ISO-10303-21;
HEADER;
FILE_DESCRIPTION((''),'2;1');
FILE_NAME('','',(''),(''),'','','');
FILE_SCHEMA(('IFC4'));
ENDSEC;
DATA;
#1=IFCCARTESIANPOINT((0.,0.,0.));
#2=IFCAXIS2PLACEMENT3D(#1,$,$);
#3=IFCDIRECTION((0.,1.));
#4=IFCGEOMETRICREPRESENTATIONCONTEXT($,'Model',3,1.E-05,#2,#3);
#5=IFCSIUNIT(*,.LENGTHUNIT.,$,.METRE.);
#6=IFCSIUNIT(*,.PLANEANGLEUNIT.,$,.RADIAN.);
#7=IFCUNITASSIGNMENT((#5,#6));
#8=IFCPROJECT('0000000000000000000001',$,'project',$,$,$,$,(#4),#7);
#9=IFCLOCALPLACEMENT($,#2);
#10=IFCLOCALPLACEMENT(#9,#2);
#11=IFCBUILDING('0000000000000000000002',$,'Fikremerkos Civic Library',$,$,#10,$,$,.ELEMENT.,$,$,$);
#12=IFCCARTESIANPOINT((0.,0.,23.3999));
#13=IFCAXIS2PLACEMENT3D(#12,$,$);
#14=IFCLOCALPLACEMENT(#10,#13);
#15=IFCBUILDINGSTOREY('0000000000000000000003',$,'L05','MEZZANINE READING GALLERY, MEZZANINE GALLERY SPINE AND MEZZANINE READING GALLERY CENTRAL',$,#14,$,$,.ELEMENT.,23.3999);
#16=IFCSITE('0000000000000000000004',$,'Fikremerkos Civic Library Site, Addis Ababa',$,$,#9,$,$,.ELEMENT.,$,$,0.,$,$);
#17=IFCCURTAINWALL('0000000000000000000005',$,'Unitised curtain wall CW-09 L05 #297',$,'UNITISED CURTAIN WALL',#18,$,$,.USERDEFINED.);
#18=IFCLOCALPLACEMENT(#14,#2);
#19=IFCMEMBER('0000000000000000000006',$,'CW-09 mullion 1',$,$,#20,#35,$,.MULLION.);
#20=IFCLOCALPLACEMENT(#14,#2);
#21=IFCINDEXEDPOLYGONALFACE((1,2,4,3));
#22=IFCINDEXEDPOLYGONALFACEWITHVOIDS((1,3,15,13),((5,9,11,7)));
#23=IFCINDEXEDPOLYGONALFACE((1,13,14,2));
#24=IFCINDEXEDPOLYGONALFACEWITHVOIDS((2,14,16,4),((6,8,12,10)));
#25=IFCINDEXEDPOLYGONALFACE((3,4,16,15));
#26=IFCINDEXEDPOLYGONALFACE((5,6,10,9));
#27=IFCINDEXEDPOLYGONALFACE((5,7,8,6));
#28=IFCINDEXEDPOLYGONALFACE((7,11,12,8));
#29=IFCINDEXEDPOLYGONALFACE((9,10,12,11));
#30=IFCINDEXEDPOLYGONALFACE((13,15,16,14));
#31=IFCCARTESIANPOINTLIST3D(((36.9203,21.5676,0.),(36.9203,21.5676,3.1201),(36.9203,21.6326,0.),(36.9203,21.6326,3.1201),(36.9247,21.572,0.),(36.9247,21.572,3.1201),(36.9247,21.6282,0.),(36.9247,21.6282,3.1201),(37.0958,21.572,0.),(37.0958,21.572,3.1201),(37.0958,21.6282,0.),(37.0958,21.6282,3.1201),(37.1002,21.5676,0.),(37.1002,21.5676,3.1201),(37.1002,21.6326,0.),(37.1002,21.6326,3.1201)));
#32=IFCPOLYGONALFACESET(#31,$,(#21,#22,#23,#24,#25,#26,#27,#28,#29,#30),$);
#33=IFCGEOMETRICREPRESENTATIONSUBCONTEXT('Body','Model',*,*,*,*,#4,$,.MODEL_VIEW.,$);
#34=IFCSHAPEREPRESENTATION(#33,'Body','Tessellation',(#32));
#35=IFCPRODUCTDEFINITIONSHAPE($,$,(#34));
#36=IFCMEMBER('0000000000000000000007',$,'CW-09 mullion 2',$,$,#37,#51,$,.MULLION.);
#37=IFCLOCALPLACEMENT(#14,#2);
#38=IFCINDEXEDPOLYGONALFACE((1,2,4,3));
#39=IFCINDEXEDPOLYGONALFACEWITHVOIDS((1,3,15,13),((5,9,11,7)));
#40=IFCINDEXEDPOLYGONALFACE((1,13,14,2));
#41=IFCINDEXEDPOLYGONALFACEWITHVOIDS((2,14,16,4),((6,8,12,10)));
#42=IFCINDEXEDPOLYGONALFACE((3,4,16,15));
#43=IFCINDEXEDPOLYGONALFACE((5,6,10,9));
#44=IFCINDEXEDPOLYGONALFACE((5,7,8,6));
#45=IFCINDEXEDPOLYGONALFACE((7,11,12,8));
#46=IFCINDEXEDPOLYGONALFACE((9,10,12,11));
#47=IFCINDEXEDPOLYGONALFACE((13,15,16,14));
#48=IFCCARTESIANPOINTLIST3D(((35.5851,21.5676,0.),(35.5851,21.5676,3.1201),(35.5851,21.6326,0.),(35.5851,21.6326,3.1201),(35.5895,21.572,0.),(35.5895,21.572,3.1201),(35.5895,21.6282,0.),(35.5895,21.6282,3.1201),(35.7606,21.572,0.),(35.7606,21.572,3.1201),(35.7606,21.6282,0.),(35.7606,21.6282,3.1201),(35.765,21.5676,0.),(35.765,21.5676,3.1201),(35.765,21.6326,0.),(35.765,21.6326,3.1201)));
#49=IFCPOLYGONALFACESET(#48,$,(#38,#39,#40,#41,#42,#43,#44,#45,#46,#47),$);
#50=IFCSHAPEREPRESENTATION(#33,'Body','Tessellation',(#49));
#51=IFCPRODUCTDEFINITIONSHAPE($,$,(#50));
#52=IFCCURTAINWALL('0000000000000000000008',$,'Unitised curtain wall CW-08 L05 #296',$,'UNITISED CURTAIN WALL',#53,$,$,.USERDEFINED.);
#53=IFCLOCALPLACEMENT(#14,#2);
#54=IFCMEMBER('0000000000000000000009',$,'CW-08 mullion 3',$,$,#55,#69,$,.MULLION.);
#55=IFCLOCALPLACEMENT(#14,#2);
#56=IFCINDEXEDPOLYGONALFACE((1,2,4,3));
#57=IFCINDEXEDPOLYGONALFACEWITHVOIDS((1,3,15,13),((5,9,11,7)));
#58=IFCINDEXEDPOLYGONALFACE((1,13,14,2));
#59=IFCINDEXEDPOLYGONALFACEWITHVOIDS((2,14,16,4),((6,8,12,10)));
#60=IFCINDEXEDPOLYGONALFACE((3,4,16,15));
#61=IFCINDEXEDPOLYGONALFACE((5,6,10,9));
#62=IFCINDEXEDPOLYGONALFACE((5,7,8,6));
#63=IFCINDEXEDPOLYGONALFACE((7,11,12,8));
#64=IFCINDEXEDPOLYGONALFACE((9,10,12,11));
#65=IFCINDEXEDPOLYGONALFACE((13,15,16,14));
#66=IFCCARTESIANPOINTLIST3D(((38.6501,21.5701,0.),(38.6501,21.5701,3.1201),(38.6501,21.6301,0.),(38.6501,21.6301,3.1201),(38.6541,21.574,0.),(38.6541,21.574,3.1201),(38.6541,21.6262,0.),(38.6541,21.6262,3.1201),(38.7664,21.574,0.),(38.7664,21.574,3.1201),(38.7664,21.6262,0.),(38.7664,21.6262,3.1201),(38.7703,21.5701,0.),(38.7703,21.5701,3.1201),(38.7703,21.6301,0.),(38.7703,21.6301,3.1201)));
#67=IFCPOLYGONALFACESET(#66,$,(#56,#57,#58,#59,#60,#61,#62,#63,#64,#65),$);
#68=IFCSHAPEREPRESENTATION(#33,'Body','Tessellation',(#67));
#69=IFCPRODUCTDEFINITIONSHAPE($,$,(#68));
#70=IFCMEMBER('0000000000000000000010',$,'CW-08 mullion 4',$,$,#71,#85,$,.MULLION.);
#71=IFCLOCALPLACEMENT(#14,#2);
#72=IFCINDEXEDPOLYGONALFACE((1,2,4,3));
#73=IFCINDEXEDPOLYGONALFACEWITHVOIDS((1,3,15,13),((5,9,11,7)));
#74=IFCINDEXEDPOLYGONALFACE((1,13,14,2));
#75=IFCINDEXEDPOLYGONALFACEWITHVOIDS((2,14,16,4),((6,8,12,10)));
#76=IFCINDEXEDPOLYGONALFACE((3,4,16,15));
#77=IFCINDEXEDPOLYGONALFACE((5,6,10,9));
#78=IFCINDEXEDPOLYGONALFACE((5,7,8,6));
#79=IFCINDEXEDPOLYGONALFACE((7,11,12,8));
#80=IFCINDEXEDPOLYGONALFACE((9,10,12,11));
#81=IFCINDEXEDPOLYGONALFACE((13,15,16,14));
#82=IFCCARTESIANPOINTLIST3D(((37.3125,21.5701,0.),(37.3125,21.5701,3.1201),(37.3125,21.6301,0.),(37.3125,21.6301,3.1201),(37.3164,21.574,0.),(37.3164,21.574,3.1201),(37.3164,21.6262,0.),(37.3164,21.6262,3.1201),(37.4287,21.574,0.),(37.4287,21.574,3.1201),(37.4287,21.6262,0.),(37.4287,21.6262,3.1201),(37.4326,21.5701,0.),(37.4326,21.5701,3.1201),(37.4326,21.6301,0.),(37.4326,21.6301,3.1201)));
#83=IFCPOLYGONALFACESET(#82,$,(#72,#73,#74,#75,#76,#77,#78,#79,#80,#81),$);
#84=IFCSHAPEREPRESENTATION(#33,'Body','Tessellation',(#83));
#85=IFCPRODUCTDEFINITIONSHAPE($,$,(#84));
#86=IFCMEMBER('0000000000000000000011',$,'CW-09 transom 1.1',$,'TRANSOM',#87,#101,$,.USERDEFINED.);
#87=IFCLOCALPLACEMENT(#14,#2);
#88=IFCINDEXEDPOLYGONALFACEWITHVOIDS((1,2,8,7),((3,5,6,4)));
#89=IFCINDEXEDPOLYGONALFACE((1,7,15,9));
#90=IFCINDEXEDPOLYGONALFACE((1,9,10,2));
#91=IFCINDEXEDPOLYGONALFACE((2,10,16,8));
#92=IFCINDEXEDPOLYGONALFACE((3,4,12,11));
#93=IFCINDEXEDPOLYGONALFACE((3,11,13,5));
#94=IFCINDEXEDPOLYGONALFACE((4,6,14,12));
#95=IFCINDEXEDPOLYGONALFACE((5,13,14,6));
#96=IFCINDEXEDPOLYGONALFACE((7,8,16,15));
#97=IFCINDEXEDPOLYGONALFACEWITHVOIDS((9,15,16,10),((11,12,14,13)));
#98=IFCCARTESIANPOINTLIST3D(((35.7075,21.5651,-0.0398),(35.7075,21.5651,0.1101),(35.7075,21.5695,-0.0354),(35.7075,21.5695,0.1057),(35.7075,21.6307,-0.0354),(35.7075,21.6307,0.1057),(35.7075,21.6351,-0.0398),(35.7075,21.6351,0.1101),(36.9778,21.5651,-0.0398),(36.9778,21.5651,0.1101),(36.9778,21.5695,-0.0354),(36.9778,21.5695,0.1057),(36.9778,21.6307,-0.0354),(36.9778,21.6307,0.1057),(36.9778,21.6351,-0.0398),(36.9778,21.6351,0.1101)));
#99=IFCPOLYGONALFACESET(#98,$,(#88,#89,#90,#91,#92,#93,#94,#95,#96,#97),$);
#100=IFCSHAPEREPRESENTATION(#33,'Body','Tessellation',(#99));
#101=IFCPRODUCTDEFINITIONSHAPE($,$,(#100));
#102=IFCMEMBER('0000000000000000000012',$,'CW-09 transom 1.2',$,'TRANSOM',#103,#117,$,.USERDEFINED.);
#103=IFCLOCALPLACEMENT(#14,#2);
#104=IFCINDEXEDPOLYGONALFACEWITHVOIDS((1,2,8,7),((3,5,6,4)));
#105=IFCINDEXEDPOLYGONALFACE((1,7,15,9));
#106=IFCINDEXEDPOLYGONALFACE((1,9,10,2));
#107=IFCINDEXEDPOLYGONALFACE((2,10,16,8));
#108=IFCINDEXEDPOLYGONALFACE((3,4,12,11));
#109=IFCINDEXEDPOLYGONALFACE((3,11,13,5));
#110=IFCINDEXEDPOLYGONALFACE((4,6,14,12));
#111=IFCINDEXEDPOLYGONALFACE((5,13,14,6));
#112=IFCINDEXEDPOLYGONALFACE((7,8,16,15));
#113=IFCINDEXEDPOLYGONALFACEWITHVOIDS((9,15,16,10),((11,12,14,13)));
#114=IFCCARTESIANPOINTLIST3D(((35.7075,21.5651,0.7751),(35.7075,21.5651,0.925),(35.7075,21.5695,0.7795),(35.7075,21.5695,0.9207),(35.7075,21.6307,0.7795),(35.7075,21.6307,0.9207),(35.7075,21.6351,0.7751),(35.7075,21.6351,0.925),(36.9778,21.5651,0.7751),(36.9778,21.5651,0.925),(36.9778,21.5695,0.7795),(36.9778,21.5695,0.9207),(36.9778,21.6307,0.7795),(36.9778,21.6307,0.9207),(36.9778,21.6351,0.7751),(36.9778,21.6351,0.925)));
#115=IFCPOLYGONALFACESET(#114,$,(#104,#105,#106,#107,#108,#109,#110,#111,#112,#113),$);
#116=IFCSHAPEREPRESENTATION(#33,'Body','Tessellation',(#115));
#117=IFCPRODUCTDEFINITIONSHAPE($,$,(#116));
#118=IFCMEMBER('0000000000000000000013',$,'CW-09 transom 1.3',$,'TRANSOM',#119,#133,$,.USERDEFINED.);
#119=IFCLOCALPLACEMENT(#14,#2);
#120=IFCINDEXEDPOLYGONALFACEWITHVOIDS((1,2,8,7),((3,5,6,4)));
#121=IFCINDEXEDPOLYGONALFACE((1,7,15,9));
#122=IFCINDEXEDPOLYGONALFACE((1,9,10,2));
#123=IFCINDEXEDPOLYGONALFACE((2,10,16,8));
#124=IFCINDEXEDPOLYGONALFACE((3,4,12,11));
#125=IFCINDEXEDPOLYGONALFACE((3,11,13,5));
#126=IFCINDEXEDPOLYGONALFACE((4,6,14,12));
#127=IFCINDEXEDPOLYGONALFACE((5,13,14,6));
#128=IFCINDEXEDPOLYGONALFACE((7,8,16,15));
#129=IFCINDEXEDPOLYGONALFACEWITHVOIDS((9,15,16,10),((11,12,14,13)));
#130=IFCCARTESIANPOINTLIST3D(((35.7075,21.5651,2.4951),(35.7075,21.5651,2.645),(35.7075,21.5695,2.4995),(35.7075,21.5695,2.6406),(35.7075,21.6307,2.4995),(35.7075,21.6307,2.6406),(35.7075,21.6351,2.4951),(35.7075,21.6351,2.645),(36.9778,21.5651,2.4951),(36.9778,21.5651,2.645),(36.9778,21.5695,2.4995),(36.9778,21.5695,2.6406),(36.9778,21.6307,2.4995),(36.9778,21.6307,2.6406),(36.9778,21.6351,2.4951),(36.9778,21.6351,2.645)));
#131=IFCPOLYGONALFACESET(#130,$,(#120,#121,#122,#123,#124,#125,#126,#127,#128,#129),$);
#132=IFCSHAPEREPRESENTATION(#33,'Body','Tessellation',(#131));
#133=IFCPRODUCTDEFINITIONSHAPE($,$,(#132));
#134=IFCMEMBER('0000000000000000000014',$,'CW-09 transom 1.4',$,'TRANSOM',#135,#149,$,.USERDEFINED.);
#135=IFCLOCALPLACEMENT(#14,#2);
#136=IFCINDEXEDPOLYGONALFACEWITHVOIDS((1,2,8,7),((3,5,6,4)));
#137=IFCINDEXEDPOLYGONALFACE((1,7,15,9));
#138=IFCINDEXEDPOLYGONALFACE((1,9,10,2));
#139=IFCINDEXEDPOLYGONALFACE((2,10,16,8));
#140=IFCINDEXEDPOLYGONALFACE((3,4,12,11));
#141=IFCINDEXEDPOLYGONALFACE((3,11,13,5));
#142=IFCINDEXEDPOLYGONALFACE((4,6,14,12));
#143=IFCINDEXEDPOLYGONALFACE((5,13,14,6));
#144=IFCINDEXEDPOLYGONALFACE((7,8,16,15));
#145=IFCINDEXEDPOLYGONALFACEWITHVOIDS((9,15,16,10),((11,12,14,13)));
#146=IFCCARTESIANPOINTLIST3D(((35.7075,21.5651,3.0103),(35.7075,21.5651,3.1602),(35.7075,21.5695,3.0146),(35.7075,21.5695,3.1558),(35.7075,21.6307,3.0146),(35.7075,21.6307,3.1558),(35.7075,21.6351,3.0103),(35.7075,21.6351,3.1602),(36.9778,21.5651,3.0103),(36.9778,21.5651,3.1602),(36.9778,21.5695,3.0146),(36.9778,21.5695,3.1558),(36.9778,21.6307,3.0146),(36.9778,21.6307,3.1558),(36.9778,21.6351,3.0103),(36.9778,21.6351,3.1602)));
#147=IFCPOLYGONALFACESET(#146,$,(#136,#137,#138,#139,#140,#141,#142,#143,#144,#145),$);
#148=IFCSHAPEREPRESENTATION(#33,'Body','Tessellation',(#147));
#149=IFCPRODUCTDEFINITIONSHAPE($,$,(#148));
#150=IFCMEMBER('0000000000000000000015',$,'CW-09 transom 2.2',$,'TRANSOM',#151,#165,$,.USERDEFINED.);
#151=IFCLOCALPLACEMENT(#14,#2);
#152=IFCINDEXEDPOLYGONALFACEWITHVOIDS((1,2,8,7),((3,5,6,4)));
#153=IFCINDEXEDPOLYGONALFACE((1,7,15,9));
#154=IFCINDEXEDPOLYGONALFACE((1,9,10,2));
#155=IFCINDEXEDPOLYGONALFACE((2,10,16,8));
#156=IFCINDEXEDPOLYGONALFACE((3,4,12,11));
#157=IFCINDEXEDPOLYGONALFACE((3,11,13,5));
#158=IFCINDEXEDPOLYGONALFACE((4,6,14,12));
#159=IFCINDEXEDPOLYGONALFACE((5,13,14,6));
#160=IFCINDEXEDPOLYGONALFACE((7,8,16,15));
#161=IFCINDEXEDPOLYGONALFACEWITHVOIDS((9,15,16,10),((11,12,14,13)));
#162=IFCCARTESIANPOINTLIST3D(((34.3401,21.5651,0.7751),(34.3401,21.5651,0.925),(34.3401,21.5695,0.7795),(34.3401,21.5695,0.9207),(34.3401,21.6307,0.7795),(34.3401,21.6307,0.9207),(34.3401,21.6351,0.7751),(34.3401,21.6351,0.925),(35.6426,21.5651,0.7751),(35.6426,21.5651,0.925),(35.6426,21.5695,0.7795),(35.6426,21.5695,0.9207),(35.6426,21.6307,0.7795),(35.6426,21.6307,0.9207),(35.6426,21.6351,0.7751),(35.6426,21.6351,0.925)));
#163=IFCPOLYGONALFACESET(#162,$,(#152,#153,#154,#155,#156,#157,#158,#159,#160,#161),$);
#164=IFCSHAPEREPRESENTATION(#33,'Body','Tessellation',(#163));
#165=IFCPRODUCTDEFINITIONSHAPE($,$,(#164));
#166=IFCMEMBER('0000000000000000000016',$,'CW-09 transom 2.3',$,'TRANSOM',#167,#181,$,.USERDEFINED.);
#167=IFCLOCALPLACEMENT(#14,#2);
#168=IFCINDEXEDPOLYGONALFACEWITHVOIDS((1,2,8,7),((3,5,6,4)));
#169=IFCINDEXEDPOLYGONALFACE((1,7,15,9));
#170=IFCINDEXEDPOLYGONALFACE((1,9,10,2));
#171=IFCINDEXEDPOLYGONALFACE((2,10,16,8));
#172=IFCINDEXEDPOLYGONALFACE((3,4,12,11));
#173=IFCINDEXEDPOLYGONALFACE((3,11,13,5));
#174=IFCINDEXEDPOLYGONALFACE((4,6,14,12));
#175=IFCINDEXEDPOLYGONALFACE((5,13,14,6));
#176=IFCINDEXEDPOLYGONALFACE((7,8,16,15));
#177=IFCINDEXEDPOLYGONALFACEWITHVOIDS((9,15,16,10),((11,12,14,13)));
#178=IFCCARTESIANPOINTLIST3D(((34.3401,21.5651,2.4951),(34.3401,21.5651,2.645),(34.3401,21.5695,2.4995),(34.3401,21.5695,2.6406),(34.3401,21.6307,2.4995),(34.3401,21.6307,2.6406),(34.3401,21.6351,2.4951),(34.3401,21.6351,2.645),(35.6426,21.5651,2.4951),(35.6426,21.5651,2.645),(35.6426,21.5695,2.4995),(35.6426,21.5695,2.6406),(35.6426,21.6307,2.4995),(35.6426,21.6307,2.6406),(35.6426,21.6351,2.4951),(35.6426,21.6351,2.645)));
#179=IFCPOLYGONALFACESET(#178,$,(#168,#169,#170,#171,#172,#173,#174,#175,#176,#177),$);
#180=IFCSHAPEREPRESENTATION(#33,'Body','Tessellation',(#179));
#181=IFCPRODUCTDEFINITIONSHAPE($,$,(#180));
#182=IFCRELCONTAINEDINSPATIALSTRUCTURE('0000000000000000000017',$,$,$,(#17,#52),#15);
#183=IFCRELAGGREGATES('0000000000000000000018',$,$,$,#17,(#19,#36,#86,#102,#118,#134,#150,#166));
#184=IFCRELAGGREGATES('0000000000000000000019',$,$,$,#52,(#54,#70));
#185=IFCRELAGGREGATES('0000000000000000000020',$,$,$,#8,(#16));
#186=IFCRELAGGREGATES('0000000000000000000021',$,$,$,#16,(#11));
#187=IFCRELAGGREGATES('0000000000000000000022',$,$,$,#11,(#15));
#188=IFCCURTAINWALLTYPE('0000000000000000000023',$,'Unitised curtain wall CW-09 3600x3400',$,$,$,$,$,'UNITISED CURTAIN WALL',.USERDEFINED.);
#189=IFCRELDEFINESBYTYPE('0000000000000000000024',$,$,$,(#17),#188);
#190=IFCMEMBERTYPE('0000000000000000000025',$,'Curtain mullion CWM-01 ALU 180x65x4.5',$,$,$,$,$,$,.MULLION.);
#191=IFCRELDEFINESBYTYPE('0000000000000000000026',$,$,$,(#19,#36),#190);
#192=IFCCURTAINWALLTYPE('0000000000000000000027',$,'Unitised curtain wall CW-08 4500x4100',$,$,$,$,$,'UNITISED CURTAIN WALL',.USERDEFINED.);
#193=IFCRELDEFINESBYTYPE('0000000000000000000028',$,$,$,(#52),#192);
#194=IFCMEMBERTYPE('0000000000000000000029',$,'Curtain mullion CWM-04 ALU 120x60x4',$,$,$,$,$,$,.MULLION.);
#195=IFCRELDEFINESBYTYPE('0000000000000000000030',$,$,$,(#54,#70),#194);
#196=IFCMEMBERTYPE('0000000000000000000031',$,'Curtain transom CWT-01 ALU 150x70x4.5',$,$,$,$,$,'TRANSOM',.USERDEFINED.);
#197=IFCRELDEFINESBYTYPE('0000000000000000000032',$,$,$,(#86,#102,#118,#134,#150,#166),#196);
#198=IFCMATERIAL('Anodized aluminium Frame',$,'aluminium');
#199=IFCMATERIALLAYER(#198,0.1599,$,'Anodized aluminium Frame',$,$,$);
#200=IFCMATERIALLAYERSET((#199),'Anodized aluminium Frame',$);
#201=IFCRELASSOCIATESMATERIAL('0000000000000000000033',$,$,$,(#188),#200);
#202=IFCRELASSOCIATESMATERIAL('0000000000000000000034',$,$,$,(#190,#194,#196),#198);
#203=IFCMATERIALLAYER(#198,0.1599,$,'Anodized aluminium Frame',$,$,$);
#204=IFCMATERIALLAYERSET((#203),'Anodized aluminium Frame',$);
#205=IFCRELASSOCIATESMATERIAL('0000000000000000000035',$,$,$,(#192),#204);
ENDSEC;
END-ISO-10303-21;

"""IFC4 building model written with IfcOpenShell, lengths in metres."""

from ifc_helpers import new_model, si_unit, direction, frame, origin, origin_2d, place, context, subcontext, project, spatial, hollow_rectangle, extrude, material, layer, layer_set, material_profile, profile_set, type_object, element, aggregate, save


model = new_model("IFC4")

# Units and contexts
model_context = context("Model", 3, precision=1e-05, world=origin(), true_north=direction((0.0, 1.0)))
body_context = subcontext(model_context, "Body", "Model", "MODEL_VIEW")
ifc_project = project(units=[si_unit("LENGTHUNIT", "METRE"), si_unit("PLANEANGLEUNIT", "RADIAN")], contexts=[model_context])

# Site, building, storey
site_placement = place(None, origin())
site = spatial("IfcSite", under=ifc_project, at=site_placement, Name="Fikremerkos Civic Library Site, Addis Ababa", CompositionType="ELEMENT", RefElevation=0.0)
building_placement = place(site_placement, origin())
building = spatial("IfcBuilding", under=site, at=building_placement, Name="Fikremerkos Civic Library", CompositionType="ELEMENT")
storey_placement = place(building_placement, frame((0.0, 0.0, 23.3999)))
storey = spatial("IfcBuildingStorey", under=building, at=storey_placement, Name="L05", Description="MEZZANINE READING GALLERY, MEZZANINE GALLERY SPINE AND MEZZANINE READING GALLERY CENTRAL", CompositionType="ELEMENT", Elevation=23.3999)

# Curtain walls, members
ifc_material_1 = material(Name="Anodized aluminium Frame", Category="aluminium")
ifc_layer_1 = layer(ifc_material_1, 0.1599, Name="Anodized aluminium Frame")
ifc_layer_set_1 = layer_set([ifc_layer_1], Name="Anodized aluminium Frame")
curtain_wall_type_1 = type_object("IfcCurtainWallType", Name="Unitised curtain wall CW-09 3600x3400", ElementType="UNITISED CURTAIN WALL", PredefinedType="USERDEFINED", material=ifc_layer_set_1)
curtain_wall_1_placement = place(storey_placement, origin())
curtain_wall_1 = element("IfcCurtainWall", 1, at=curtain_wall_1_placement, inside=storey, type_object=curtain_wall_type_1, Name="Unitised curtain wall CW-09 L05 #297", ObjectType="UNITISED CURTAIN WALL", PredefinedType="USERDEFINED")
ifc_material_profile_1 = material_profile(ifc_material_1, hollow_rectangle(XDim=0.0649, YDim=0.1799, WallThickness=0.0044, at=origin_2d()), Name="ALU 180x65x4.5")
ifc_profile_set_1 = profile_set([ifc_material_profile_1], Name="Anodized aluminium Frame")
member_type_1 = type_object("IfcMemberType", Name="Curtain mullion CWM-01 ALU 180x65x4.5", PredefinedType="MULLION", material=ifc_profile_set_1)
member_1_placement = place(storey_placement, frame((37.0103, 21.6001, 0.0), z_axis=(0.0, 0.0, 1.0), x_axis=(0.0, -1.0, 0.0)))
member_1 = element("IfcMember", 2, at=member_1_placement, type_object=member_type_1, Name="CW-09 mullion 1", PredefinedType="MULLION", context=body_context, shape_type="SweptSolid", body=[
    extrude(hollow_rectangle(XDim=0.0649, YDim=0.1799, WallThickness=0.0044, at=origin_2d()), origin(), (0.0, 0.0, 1.0), 3.1201),
])
member_2_placement = place(storey_placement, frame((35.675, 21.6001, 0.0), z_axis=(0.0, 0.0, 1.0), x_axis=(0.0, -1.0, 0.0)))
member_2 = element("IfcMember", 3, at=member_2_placement, type_object=member_type_1, Name="CW-09 mullion 2", PredefinedType="MULLION", context=body_context, shape_type="SweptSolid", body=[
    extrude(hollow_rectangle(XDim=0.0649, YDim=0.1799, WallThickness=0.0044, at=origin_2d()), origin(), (0.0, 0.0, 1.0), 3.1201),
])
ifc_layer_2 = layer(ifc_material_1, 0.1599, Name="Anodized aluminium Frame")
ifc_layer_set_2 = layer_set([ifc_layer_2], Name="Anodized aluminium Frame")
curtain_wall_type_2 = type_object("IfcCurtainWallType", Name="Unitised curtain wall CW-08 4500x4100", ElementType="UNITISED CURTAIN WALL", PredefinedType="USERDEFINED", material=ifc_layer_set_2)
curtain_wall_2_placement = place(storey_placement, origin())
curtain_wall_2 = element("IfcCurtainWall", 4, at=curtain_wall_2_placement, inside=storey, type_object=curtain_wall_type_2, Name="Unitised curtain wall CW-08 L05 #296", ObjectType="UNITISED CURTAIN WALL", PredefinedType="USERDEFINED")
ifc_material_profile_2 = material_profile(ifc_material_1, hollow_rectangle(XDim=0.0601, YDim=0.1201, WallThickness=0.0039, at=origin_2d()), Name="ALU 120x60x4")
ifc_profile_set_2 = profile_set([ifc_material_profile_2], Name="Anodized aluminium Frame")
member_type_2 = type_object("IfcMemberType", Name="Curtain mullion CWM-04 ALU 120x60x4", PredefinedType="MULLION", material=ifc_profile_set_2)
member_3_placement = place(storey_placement, frame((38.7102, 21.6001, 0.0), z_axis=(0.0, 0.0, 1.0), x_axis=(0.0, -1.0, 0.0)))
member_3 = element("IfcMember", 5, at=member_3_placement, type_object=member_type_2, Name="CW-08 mullion 3", PredefinedType="MULLION", context=body_context, shape_type="SweptSolid", body=[
    extrude(hollow_rectangle(XDim=0.0601, YDim=0.1201, WallThickness=0.0039, at=origin_2d()), origin(), (0.0, 0.0, 1.0), 3.1201),
])
member_4_placement = place(storey_placement, frame((37.3726, 21.6001, 0.0), z_axis=(0.0, 0.0, 1.0), x_axis=(0.0, -1.0, 0.0)))
member_4 = element("IfcMember", 6, at=member_4_placement, type_object=member_type_2, Name="CW-08 mullion 4", PredefinedType="MULLION", context=body_context, shape_type="SweptSolid", body=[
    extrude(hollow_rectangle(XDim=0.0601, YDim=0.1201, WallThickness=0.0039, at=origin_2d()), origin(), (0.0, 0.0, 1.0), 3.1201),
])

# Members
ifc_material_profile_3 = material_profile(ifc_material_1, hollow_rectangle(XDim=0.0701, YDim=0.1499, WallThickness=0.0044, at=origin_2d()), Name="ALU 150x70x4.5")
ifc_profile_set_3 = profile_set([ifc_material_profile_3], Name="Anodized aluminium Frame")
member_type_3 = type_object("IfcMemberType", Name="Curtain transom CWT-01 ALU 150x70x4.5", ElementType="TRANSOM", PredefinedType="USERDEFINED", material=ifc_profile_set_3)
member_5_placement = place(storey_placement, frame((36.9778, 21.6001, 0.0352), z_axis=(-1.0, 0.0, 0.0), x_axis=(0.0, -1.0, 0.0)))
member_5 = element("IfcMember", 7, at=member_5_placement, type_object=member_type_3, Name="CW-09 transom 1.1", ObjectType="TRANSOM", PredefinedType="USERDEFINED", context=body_context, shape_type="SweptSolid", body=[
    extrude(hollow_rectangle(XDim=0.0701, YDim=0.1499, WallThickness=0.0044, at=origin_2d()), origin(), (0.0, 0.0, 1.0), 1.2703),
])
member_6_placement = place(storey_placement, frame((36.9778, 21.6001, 0.8501), z_axis=(-1.0, 0.0, 0.0), x_axis=(0.0, -1.0, 0.0)))
member_6 = element("IfcMember", 8, at=member_6_placement, type_object=member_type_3, Name="CW-09 transom 1.2", ObjectType="TRANSOM", PredefinedType="USERDEFINED", context=body_context, shape_type="SweptSolid", body=[
    extrude(hollow_rectangle(XDim=0.0701, YDim=0.1499, WallThickness=0.0044, at=origin_2d()), origin(), (0.0, 0.0, 1.0), 1.2703),
])
member_7_placement = place(storey_placement, frame((36.9778, 21.6001, 2.5701), z_axis=(-1.0, 0.0, 0.0), x_axis=(0.0, -1.0, 0.0)))
member_7 = element("IfcMember", 9, at=member_7_placement, type_object=member_type_3, Name="CW-09 transom 1.3", ObjectType="TRANSOM", PredefinedType="USERDEFINED", context=body_context, shape_type="SweptSolid", body=[
    extrude(hollow_rectangle(XDim=0.0701, YDim=0.1499, WallThickness=0.0044, at=origin_2d()), origin(), (0.0, 0.0, 1.0), 1.2703),
])
member_8_placement = place(storey_placement, frame((36.9778, 21.6001, 3.0852), z_axis=(-1.0, 0.0, 0.0), x_axis=(0.0, -1.0, 0.0)))
member_8 = element("IfcMember", 10, at=member_8_placement, type_object=member_type_3, Name="CW-09 transom 1.4", ObjectType="TRANSOM", PredefinedType="USERDEFINED", context=body_context, shape_type="SweptSolid", body=[
    extrude(hollow_rectangle(XDim=0.0701, YDim=0.1499, WallThickness=0.0044, at=origin_2d()), origin(), (0.0, 0.0, 1.0), 1.2703),
])
member_9_placement = place(storey_placement, frame((35.6426, 21.6001, 0.8501), z_axis=(-1.0, 0.0, 0.0), x_axis=(0.0, -1.0, 0.0)))
member_9 = element("IfcMember", 11, at=member_9_placement, type_object=member_type_3, Name="CW-09 transom 2.2", ObjectType="TRANSOM", PredefinedType="USERDEFINED", context=body_context, shape_type="SweptSolid", body=[
    extrude(hollow_rectangle(XDim=0.0701, YDim=0.1499, WallThickness=0.0044, at=origin_2d()), origin(), (0.0, 0.0, 1.0), 1.3025),
])
member_10_placement = place(storey_placement, frame((35.6426, 21.6001, 2.5701), z_axis=(-1.0, 0.0, 0.0), x_axis=(0.0, -1.0, 0.0)))
member_10 = element("IfcMember", 12, at=member_10_placement, type_object=member_type_3, Name="CW-09 transom 2.3", ObjectType="TRANSOM", PredefinedType="USERDEFINED", context=body_context, shape_type="SweptSolid", body=[
    extrude(hollow_rectangle(XDim=0.0701, YDim=0.1499, WallThickness=0.0044, at=origin_2d()), origin(), (0.0, 0.0, 1.0), 1.3025),
])

aggregate(curtain_wall_1, [member_1, member_2, member_5, member_6, member_7, member_8, member_9, member_10])
aggregate(curtain_wall_2, [member_3, member_4])

save(model, "model.ifc")
